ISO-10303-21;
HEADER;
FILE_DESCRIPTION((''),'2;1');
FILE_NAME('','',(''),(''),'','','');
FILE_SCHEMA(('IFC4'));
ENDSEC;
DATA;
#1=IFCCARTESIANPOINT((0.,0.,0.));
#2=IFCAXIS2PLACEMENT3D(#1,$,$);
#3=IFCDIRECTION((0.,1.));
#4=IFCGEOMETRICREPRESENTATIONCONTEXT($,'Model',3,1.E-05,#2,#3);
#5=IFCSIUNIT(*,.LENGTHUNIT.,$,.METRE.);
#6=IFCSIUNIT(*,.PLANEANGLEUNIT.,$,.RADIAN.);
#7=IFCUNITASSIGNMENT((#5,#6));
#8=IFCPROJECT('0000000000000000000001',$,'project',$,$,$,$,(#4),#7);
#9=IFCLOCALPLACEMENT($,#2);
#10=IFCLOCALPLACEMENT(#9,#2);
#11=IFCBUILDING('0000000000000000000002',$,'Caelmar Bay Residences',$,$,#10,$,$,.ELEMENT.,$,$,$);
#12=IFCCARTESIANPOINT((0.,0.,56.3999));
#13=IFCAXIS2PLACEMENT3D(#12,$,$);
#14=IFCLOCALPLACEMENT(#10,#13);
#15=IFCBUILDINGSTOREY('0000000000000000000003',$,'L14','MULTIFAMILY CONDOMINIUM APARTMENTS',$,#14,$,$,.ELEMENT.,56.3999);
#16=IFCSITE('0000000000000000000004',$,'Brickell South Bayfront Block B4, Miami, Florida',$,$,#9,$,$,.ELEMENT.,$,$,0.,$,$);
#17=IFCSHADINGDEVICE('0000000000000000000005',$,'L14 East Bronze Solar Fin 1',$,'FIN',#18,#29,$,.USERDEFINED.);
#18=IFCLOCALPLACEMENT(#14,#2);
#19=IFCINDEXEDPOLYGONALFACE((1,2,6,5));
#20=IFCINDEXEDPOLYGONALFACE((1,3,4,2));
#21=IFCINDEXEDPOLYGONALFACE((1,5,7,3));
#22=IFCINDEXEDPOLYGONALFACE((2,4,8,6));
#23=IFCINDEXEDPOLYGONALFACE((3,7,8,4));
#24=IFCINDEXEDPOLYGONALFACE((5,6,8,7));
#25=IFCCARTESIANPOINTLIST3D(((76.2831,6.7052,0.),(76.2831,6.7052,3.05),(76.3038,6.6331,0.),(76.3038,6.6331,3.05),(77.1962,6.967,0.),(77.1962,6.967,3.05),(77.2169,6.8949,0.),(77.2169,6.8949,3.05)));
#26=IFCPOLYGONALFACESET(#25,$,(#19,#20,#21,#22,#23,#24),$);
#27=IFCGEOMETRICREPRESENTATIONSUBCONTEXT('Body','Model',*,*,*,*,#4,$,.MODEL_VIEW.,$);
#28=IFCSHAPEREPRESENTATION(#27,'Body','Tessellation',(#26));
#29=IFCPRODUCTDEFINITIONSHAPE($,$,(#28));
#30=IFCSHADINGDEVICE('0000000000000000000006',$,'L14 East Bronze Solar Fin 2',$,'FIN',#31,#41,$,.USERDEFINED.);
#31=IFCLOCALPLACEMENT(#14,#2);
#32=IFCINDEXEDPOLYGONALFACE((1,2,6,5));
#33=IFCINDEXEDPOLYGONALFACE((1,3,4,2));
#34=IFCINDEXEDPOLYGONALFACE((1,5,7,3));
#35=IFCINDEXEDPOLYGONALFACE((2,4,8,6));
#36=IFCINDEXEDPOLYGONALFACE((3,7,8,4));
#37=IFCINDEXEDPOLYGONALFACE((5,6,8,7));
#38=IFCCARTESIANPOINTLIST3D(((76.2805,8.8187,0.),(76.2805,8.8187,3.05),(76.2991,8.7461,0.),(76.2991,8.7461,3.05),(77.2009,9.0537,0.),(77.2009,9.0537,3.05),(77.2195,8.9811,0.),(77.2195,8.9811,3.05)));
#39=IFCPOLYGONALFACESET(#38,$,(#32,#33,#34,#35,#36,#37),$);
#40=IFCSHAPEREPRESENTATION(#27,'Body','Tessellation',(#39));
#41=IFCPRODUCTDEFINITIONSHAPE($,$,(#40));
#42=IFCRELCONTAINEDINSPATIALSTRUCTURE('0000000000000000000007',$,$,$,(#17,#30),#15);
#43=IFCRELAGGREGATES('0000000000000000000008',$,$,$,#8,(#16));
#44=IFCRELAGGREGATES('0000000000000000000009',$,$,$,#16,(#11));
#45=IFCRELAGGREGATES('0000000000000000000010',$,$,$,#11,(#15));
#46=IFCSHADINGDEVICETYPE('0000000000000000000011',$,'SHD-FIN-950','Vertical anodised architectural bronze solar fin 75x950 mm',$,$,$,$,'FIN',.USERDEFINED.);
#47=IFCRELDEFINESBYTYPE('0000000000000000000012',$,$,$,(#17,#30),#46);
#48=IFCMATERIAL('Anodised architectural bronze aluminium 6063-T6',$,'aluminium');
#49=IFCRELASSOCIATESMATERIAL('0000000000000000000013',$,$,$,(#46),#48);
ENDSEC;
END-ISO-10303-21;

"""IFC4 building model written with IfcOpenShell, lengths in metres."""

from ifc_helpers import new_model, si_unit, direction, frame, origin, origin_2d, place, context, subcontext, project, spatial, rectangle, extrude, material, material_profile, profile_set, type_object, element, save


model = new_model("IFC4")

# Units and contexts
model_context = context("Model", 3, precision=1e-05, world=origin(), true_north=direction((0.0, 1.0)))
body_context = subcontext(model_context, "Body", "Model", "MODEL_VIEW")
ifc_project = project(units=[si_unit("LENGTHUNIT", "METRE"), si_unit("PLANEANGLEUNIT", "RADIAN")], contexts=[model_context])

# Site, building, storey
site_placement = place(None, origin())
site = spatial("IfcSite", under=ifc_project, at=site_placement, Name="Brickell South Bayfront Block B4, Miami, Florida", CompositionType="ELEMENT", RefElevation=0.0)
building_placement = place(site_placement, origin())
building = spatial("IfcBuilding", under=site, at=building_placement, Name="Caelmar Bay Residences", CompositionType="ELEMENT")
storey_placement = place(building_placement, frame((0.0, 0.0, 56.3999)))
storey = spatial("IfcBuildingStorey", under=building, at=storey_placement, Name="L14", Description="MULTIFAMILY CONDOMINIUM APARTMENTS", CompositionType="ELEMENT", Elevation=56.3999)

# Shading devices
ifc_material_1 = material(Name="Anodised architectural bronze aluminium 6063-T6", Category="aluminium")
ifc_material_profile_1 = material_profile(ifc_material_1, rectangle(XDim=0.075, YDim=0.95, at=origin_2d()), Name="BRONZE-FIN-75X950")
ifc_profile_set_1 = profile_set([ifc_material_profile_1], Name="Anodised architectural bronze aluminium 6063-T6")
shading_device_type = type_object("IfcShadingDeviceType", Name="SHD-FIN-950", Description="Vertical anodised architectural bronze solar fin 75x950 mm", ElementType="FIN", PredefinedType="USERDEFINED", material=ifc_profile_set_1)
for number, where, z_axis, x_axis, name in (
    (1, (76.75, 6.8, 0.0), (0.0, 0.0, 1.0), (-0.275637, 0.961262, 0.0), "L14 East Bronze Solar Fin 1"),
    (2, (76.75, 8.8999, 0.0), (0.0, 0.0, 1.0), (-0.247337, 0.968929, 0.0), "L14 East Bronze Solar Fin 2"),
):
    element("IfcShadingDevice", number, at=place(storey_placement, frame(where, z_axis=z_axis, x_axis=x_axis)), inside=storey, type_object=shading_device_type, Name=name, ObjectType="FIN", PredefinedType="USERDEFINED", context=body_context, shape_type="SweptSolid", body=[
        extrude(rectangle(XDim=0.075, YDim=0.95, at=origin_2d()), origin(), (0.0, 0.0, 1.0), 3.05),
    ])

save(model, "model.ifc")
